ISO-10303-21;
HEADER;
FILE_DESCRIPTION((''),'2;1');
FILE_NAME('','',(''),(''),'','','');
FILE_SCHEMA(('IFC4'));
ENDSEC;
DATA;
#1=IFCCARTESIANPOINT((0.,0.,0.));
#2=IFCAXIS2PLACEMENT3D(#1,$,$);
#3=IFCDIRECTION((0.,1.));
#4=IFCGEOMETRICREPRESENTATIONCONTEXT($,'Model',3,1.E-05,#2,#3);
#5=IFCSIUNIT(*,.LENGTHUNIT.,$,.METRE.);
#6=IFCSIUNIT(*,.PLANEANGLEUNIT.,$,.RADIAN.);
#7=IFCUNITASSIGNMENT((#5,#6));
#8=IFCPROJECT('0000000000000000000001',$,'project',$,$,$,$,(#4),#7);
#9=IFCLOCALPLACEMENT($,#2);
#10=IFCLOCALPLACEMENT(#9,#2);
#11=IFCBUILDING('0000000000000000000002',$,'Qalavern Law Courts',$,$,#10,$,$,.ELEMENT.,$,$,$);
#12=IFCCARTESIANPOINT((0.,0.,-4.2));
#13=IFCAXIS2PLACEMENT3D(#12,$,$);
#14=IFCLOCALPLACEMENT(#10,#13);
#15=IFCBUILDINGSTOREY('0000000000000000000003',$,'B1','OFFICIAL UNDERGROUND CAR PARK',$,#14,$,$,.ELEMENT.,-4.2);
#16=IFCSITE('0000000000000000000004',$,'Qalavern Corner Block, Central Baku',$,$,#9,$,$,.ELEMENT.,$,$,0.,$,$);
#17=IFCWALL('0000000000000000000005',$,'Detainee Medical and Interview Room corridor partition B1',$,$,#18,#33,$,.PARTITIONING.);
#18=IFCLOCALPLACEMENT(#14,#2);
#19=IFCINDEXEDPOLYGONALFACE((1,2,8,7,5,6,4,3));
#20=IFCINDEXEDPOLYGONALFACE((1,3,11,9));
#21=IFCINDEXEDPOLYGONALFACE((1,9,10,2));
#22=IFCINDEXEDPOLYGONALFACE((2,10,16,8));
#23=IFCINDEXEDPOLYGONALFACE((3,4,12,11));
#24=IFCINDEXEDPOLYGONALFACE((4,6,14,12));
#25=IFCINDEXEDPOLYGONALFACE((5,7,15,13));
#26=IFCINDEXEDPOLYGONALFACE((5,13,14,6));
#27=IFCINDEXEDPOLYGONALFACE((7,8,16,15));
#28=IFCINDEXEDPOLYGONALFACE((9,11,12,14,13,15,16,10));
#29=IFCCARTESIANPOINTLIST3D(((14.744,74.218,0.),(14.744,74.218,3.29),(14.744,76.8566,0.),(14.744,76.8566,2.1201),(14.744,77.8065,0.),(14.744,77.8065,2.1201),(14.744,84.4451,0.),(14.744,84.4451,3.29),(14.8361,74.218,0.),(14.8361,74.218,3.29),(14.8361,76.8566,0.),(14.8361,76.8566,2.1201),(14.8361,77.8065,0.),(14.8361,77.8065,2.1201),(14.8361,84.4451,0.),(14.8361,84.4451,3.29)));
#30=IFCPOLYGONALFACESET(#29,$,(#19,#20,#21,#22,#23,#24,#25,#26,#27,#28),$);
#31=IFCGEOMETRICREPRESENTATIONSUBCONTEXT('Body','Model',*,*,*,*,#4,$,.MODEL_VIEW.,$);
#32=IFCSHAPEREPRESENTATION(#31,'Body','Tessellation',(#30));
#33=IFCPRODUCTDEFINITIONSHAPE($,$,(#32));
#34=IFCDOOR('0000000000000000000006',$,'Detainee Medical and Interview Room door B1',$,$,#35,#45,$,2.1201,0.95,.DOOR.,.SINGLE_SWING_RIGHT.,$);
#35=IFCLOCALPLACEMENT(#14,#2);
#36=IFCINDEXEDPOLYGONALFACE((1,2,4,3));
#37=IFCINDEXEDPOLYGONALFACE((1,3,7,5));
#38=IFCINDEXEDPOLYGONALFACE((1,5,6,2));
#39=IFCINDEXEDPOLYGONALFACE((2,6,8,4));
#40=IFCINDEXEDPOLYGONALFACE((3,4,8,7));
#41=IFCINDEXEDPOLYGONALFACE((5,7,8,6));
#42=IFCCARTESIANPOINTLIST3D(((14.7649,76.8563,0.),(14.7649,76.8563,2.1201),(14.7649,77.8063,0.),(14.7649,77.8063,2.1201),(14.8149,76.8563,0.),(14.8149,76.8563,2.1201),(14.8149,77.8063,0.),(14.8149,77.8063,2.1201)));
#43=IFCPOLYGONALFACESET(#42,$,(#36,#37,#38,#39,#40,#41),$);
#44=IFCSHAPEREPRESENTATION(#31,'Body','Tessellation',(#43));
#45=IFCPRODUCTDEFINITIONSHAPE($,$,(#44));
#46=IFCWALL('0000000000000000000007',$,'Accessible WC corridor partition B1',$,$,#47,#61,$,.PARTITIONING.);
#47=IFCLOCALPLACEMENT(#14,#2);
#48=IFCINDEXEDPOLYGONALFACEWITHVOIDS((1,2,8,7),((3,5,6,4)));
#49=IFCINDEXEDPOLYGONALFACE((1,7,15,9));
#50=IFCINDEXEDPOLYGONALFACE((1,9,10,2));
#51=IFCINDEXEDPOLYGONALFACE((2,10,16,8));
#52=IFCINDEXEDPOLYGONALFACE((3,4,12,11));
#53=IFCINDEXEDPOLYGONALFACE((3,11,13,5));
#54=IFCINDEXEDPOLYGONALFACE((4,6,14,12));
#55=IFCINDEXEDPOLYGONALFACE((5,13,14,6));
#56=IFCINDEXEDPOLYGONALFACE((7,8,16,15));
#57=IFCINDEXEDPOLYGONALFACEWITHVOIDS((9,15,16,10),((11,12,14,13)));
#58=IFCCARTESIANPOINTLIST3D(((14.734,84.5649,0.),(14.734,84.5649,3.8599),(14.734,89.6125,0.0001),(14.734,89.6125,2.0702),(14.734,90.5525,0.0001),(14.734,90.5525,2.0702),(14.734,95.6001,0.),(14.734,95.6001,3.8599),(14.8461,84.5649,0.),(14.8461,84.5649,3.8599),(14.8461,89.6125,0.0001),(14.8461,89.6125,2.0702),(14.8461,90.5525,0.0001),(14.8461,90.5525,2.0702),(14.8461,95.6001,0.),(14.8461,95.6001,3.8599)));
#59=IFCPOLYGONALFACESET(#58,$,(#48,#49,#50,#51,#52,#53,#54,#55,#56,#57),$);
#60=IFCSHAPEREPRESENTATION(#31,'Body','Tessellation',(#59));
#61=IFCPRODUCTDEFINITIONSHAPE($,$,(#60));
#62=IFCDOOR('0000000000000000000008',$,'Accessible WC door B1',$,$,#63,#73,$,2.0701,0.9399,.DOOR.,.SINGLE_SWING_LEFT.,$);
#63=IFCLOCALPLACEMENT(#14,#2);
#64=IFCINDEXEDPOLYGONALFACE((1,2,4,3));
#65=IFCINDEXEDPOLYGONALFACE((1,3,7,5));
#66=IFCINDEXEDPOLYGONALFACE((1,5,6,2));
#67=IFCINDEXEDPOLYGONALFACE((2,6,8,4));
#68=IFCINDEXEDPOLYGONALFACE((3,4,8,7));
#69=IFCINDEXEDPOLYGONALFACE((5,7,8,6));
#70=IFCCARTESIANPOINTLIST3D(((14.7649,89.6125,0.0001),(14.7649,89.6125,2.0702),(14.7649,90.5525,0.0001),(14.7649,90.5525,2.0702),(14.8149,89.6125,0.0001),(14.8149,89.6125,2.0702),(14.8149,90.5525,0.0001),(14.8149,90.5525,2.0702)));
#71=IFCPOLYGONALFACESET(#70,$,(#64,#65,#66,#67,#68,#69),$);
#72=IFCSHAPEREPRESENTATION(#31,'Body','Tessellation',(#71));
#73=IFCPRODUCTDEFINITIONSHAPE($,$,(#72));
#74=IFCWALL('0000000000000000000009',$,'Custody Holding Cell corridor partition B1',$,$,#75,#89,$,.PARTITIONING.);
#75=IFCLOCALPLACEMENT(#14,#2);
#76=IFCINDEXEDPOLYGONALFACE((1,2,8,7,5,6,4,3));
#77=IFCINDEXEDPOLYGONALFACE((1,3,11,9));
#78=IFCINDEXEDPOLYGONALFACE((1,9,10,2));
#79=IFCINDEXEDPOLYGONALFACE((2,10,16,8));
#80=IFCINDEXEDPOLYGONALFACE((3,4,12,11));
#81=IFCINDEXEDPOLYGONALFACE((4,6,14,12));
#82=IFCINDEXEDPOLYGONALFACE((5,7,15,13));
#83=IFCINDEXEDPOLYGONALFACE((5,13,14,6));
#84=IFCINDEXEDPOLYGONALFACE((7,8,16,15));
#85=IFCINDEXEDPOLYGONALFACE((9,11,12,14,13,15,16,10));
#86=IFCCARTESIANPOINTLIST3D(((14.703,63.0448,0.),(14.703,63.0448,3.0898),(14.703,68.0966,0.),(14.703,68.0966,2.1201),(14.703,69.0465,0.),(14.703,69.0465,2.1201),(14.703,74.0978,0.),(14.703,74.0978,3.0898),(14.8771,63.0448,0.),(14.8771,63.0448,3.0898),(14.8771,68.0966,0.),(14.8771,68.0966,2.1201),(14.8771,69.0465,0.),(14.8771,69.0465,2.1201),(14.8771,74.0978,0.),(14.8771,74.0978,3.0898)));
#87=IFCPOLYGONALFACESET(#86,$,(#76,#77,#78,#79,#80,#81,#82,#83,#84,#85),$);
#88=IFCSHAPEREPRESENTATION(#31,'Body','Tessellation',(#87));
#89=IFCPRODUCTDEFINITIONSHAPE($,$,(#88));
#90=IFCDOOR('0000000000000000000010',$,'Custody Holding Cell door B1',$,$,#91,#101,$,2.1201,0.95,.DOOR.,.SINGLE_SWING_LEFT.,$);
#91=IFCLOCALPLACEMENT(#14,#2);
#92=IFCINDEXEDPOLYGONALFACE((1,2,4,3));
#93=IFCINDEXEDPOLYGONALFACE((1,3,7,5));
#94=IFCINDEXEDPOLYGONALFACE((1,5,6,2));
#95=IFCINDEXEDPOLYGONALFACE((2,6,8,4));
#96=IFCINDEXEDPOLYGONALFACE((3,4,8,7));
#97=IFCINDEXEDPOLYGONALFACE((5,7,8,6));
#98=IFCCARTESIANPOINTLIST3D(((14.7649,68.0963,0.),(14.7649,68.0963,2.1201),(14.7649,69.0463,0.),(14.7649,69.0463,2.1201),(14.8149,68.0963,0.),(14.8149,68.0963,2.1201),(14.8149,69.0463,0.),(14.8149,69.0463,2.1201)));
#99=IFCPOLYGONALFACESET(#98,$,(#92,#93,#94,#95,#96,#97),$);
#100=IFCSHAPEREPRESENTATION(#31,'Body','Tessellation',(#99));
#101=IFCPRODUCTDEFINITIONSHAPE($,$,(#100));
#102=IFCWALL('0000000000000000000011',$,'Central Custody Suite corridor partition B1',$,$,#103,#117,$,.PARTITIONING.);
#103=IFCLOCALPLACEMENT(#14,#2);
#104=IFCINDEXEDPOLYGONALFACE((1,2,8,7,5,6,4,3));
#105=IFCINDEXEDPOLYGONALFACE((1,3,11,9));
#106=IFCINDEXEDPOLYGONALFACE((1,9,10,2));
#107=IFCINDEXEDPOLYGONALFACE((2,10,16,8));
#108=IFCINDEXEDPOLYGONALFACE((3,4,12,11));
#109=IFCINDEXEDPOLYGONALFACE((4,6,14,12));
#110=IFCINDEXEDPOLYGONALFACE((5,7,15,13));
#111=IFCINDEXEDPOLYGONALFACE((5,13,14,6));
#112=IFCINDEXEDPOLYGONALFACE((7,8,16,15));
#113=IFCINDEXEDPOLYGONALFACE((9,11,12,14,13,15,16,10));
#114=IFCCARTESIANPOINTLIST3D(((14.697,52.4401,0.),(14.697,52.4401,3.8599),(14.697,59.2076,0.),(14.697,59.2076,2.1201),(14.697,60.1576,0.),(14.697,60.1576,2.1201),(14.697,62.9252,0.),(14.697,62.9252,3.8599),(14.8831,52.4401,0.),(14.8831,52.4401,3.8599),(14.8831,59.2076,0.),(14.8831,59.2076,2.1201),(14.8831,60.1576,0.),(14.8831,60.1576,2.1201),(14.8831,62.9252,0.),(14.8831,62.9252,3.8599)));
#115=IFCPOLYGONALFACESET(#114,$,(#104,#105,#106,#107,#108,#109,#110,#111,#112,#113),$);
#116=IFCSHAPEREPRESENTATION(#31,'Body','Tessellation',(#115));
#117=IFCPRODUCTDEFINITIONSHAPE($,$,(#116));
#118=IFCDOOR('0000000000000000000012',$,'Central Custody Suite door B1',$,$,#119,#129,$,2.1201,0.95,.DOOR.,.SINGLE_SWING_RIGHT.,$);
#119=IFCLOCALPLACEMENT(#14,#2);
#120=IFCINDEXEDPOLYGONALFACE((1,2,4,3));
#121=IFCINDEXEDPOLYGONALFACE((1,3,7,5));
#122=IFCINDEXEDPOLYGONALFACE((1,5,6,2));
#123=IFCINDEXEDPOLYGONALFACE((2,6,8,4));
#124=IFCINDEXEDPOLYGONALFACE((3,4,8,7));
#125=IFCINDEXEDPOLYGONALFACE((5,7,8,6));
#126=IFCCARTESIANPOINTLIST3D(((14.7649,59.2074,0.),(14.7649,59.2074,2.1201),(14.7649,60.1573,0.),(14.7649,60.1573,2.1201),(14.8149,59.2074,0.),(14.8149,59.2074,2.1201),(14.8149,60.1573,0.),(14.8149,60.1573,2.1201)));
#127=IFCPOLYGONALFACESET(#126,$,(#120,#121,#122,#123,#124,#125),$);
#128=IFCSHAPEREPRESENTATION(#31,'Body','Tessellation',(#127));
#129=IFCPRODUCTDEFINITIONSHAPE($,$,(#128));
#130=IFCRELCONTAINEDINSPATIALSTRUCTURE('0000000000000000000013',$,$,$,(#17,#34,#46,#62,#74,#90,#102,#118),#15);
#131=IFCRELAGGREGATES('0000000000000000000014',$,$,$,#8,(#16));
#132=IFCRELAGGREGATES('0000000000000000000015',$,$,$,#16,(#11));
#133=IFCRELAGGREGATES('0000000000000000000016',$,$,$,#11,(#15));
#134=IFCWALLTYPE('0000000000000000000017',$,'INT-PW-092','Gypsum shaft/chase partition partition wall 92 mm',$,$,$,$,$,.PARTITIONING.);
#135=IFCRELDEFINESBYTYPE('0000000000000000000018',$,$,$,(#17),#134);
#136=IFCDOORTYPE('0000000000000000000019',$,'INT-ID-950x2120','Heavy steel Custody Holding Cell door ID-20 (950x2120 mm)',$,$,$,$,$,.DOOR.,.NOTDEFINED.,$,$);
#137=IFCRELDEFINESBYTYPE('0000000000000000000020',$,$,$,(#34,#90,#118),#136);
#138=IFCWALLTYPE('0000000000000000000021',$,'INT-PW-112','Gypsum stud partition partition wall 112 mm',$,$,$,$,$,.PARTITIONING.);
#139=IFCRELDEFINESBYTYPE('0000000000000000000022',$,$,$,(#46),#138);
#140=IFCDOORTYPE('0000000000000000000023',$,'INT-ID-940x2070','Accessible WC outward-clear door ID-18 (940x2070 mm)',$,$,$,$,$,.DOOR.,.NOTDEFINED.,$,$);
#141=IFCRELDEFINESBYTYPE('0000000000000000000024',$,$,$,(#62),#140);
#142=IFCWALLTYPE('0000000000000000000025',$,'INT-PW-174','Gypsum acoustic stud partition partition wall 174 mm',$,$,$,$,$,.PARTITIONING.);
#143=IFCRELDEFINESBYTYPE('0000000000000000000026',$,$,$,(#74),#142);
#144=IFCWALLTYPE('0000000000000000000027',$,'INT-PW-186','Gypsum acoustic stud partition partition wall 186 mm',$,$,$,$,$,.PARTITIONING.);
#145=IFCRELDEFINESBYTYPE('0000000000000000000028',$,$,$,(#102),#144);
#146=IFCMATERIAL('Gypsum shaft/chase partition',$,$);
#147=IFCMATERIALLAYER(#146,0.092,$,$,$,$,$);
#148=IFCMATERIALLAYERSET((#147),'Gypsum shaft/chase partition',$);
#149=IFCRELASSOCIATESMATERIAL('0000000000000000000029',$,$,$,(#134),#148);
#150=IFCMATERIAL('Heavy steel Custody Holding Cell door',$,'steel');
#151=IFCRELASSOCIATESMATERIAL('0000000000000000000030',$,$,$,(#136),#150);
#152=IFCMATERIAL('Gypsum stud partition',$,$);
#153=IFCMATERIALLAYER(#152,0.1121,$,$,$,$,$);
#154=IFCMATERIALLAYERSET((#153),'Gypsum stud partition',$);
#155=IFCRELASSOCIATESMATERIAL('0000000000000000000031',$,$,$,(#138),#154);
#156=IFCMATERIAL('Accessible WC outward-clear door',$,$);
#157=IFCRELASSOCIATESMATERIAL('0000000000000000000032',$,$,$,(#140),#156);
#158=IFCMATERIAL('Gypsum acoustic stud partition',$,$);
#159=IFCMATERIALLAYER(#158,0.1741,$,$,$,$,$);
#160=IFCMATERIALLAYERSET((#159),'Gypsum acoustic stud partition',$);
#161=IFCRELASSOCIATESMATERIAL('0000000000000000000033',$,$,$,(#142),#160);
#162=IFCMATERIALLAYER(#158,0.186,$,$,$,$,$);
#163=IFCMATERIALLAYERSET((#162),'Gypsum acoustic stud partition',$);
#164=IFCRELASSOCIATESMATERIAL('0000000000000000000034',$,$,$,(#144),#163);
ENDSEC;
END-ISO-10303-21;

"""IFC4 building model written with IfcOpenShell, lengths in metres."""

from ifc_helpers import new_model, si_unit, direction, frame, frame_2d, origin, place, context, subcontext, project, spatial, rectangle, extrude, material, layer, layer_set, type_object, element, fill, save


model = new_model("IFC4")

# Units and contexts
model_context = context("Model", 3, precision=1e-05, world=origin(), true_north=direction((0.0, 1.0)))
body_context = subcontext(model_context, "Body", "Model", "MODEL_VIEW")
ifc_project = project(units=[si_unit("LENGTHUNIT", "METRE"), si_unit("PLANEANGLEUNIT", "RADIAN")], contexts=[model_context])

# Site, building, storey
site_placement = place(None, origin())
site = spatial("IfcSite", under=ifc_project, at=site_placement, Name="Qalavern Corner Block, Central Baku", CompositionType="ELEMENT", RefElevation=0.0)
building_placement = place(site_placement, origin())
building = spatial("IfcBuilding", under=site, at=building_placement, Name="Qalavern Law Courts", CompositionType="ELEMENT")
storey_placement = place(building_placement, frame((0.0, 0.0, -4.2)))
storey = spatial("IfcBuildingStorey", under=building, at=storey_placement, Name="B1", Description="OFFICIAL UNDERGROUND CAR PARK", CompositionType="ELEMENT", Elevation=-4.2)

# Walls, openings, doors
ifc_material_1 = material(Name="Gypsum shaft/chase partition")
ifc_layer_1 = layer(ifc_material_1, 0.092)
ifc_layer_set_1 = layer_set([ifc_layer_1], Name="Gypsum shaft/chase partition")
wall_type_1 = type_object("IfcWallType", Name="INT-PW-092", Description="Gypsum shaft/chase partition partition wall 92 mm", PredefinedType="PARTITIONING", material=ifc_layer_set_1)
wall_1_placement = place(storey_placement, frame((14.79, 74.218, 0.0), z_axis=(0.0, 0.0, 1.0), x_axis=(0.0, 1.0, 0.0)))
wall_1 = element("IfcWall", 1, at=wall_1_placement, inside=storey, type_object=wall_type_1, Name="Detainee Medical and Interview Room corridor partition B1", PredefinedType="PARTITIONING", context=body_context, shape_type="SweptSolid", body=[
    extrude(rectangle(XDim=10.2271, YDim=0.092, at=frame_2d((5.1135, 0.0))), origin(), (0.0, 0.0, 1.0), 3.29),
])
opening_1_placement = place(wall_1_placement, frame((2.6384, 0.0, 0.0)))
opening_1 = element("IfcOpeningElement", 2, at=opening_1_placement, cuts=wall_1, PredefinedType="OPENING", context=body_context, shape_type="SweptSolid", body=[
    extrude(rectangle(XDim=0.95, YDim=2.1201, at=frame_2d((0.4751, 1.0601))), frame((0.0, 0.061, 0.0), z_axis=(0.0, -1.0, 0.0), x_axis=(1.0, 0.0, 0.0)), (0.0, 0.0, 1.0), 0.1218),
])
ifc_material_2 = material(Name="Heavy steel Custody Holding Cell door", Category="steel")
door_type_1 = type_object("IfcDoorType", Name="INT-ID-950x2120", Description="Heavy steel Custody Holding Cell door ID-20 (950x2120 mm)", OperationType="NOTDEFINED", PredefinedType="DOOR", material=ifc_material_2)
door_1_placement = place(opening_1_placement, frame((0.95, 0.0, 0.0), z_axis=(0.0, 0.0, 1.0), x_axis=(-1.0, 0.0, 0.0)))
door_1 = element("IfcDoor", 3, at=door_1_placement, inside=storey, type_object=door_type_1, Name="Detainee Medical and Interview Room door B1", OperationType="SINGLE_SWING_RIGHT", OverallHeight=2.1201, OverallWidth=0.95, PredefinedType="DOOR", context=body_context, shape_type="SweptSolid", body=[
    extrude(rectangle(XDim=0.95, YDim=2.1201, at=frame_2d((0.4751, 1.0601))), frame((0.0, 0.0249, 0.0), z_axis=(0.0, -1.0, 0.0), x_axis=(1.0, 0.0, 0.0)), (0.0, 0.0, 1.0), 0.05),
])
fill(opening_1, door_1)
ifc_material_3 = material(Name="Gypsum stud partition")
ifc_layer_2 = layer(ifc_material_3, 0.1121)
ifc_layer_set_2 = layer_set([ifc_layer_2], Name="Gypsum stud partition")
wall_type_2 = type_object("IfcWallType", Name="INT-PW-112", Description="Gypsum stud partition partition wall 112 mm", PredefinedType="PARTITIONING", material=ifc_layer_set_2)
wall_2_placement = place(storey_placement, frame((14.79, 84.5649, 0.0), z_axis=(0.0, 0.0, 1.0), x_axis=(0.0, 1.0, 0.0)))
wall_2 = element("IfcWall", 4, at=wall_2_placement, inside=storey, type_object=wall_type_2, Name="Accessible WC corridor partition B1", PredefinedType="PARTITIONING", context=body_context, shape_type="SweptSolid", body=[
    extrude(rectangle(XDim=11.0352, YDim=0.1121, at=frame_2d((5.5176, 0.0))), origin(), (0.0, 0.0, 1.0), 3.8599),
])
opening_2_placement = place(wall_2_placement, frame((5.0476, 0.0, 0.0)))
opening_2 = element("IfcOpeningElement", 5, at=opening_2_placement, cuts=wall_2, PredefinedType="OPENING", context=body_context, shape_type="SweptSolid", body=[
    extrude(rectangle(XDim=0.9399, YDim=2.0701, at=frame_2d((0.47, 1.0352))), frame((0.0, 0.0708, 0.0), z_axis=(0.0, -1.0, 0.0), x_axis=(1.0, 0.0, 0.0)), (0.0, 0.0, 1.0), 0.1418),
])
ifc_material_4 = material(Name="Accessible WC outward-clear door")
door_type_2 = type_object("IfcDoorType", Name="INT-ID-940x2070", Description="Accessible WC outward-clear door ID-18 (940x2070 mm)", OperationType="NOTDEFINED", PredefinedType="DOOR", material=ifc_material_4)
door_2_placement = place(opening_2_placement, frame((0.9399, 0.0, 0.0), z_axis=(0.0, 0.0, 1.0), x_axis=(-1.0, 0.0, 0.0)))
door_2 = element("IfcDoor", 6, at=door_2_placement, inside=storey, type_object=door_type_2, Name="Accessible WC door B1", OperationType="SINGLE_SWING_LEFT", OverallHeight=2.0701, OverallWidth=0.9399, PredefinedType="DOOR", context=body_context, shape_type="SweptSolid", body=[
    extrude(rectangle(XDim=0.9399, YDim=2.0701, at=frame_2d((0.47, 1.0352))), frame((0.0, 0.0249, 0.0), z_axis=(0.0, -1.0, 0.0), x_axis=(1.0, 0.0, 0.0)), (0.0, 0.0, 1.0), 0.05),
])
fill(opening_2, door_2)
ifc_material_5 = material(Name="Gypsum acoustic stud partition")
ifc_layer_3 = layer(ifc_material_5, 0.1741)
ifc_layer_set_3 = layer_set([ifc_layer_3], Name="Gypsum acoustic stud partition")
wall_type_3 = type_object("IfcWallType", Name="INT-PW-174", Description="Gypsum acoustic stud partition partition wall 174 mm", PredefinedType="PARTITIONING", material=ifc_layer_set_3)
wall_3_placement = place(storey_placement, frame((14.79, 63.0449, 0.0), z_axis=(0.0, 0.0, 1.0), x_axis=(0.0, 1.0, 0.0)))
wall_3 = element("IfcWall", 7, at=wall_3_placement, inside=storey, type_object=wall_type_3, Name="Custody Holding Cell corridor partition B1", PredefinedType="PARTITIONING", context=body_context, shape_type="SweptSolid", body=[
    extrude(rectangle(XDim=11.053, YDim=0.1741, at=frame_2d((5.5264, 0.0))), origin(), (0.0, 0.0, 1.0), 3.0898),
])
opening_3_placement = place(wall_3_placement, frame((5.0515, 0.0, 0.0)))
opening_3 = element("IfcOpeningElement", 8, at=opening_3_placement, cuts=wall_3, PredefinedType="OPENING", context=body_context, shape_type="SweptSolid", body=[
    extrude(rectangle(XDim=0.95, YDim=2.1201, at=frame_2d((0.4751, 1.0601))), frame((0.0, 0.1021, 0.0), z_axis=(0.0, -1.0, 0.0), x_axis=(1.0, 0.0, 0.0)), (0.0, 0.0, 1.0), 0.2039),
])
door_3_placement = place(opening_3_placement, frame((0.95, 0.0, 0.0), z_axis=(0.0, 0.0, 1.0), x_axis=(-1.0, 0.0, 0.0)))
door_3 = element("IfcDoor", 9, at=door_3_placement, inside=storey, type_object=door_type_1, Name="Custody Holding Cell door B1", OperationType="SINGLE_SWING_LEFT", OverallHeight=2.1201, OverallWidth=0.95, PredefinedType="DOOR", context=body_context, shape_type="SweptSolid", body=[
    extrude(rectangle(XDim=0.95, YDim=2.1201, at=frame_2d((0.4751, 1.0601))), frame((0.0, 0.0249, 0.0), z_axis=(0.0, -1.0, 0.0), x_axis=(1.0, 0.0, 0.0)), (0.0, 0.0, 1.0), 0.05),
])
fill(opening_3, door_3)
ifc_layer_4 = layer(ifc_material_5, 0.186)
ifc_layer_set_4 = layer_set([ifc_layer_4], Name="Gypsum acoustic stud partition")
wall_type_4 = type_object("IfcWallType", Name="INT-PW-186", Description="Gypsum acoustic stud partition partition wall 186 mm", PredefinedType="PARTITIONING", material=ifc_layer_set_4)
wall_4_placement = place(storey_placement, frame((14.79, 52.4399, 0.0), z_axis=(0.0, 0.0, 1.0), x_axis=(0.0, 1.0, 0.0)))
wall_4 = element("IfcWall", 10, at=wall_4_placement, inside=storey, type_object=wall_type_4, Name="Central Custody Suite corridor partition B1", PredefinedType="PARTITIONING", context=body_context, shape_type="SweptSolid", body=[
    extrude(rectangle(XDim=10.4851, YDim=0.186, at=frame_2d((5.2427, 0.0))), origin(), (0.0, 0.0, 1.0), 3.8599),
])
opening_4_placement = place(wall_4_placement, frame((6.7676, 0.0, 0.0)))
opening_4 = element("IfcOpeningElement", 11, at=opening_4_placement, cuts=wall_4, PredefinedType="OPENING", context=body_context, shape_type="SweptSolid", body=[
    extrude(rectangle(XDim=0.95, YDim=2.1201, at=frame_2d((0.4751, 1.0601))), frame((0.0, 0.1079, 0.0), z_axis=(0.0, -1.0, 0.0), x_axis=(1.0, 0.0, 0.0)), (0.0, 0.0, 1.0), 0.2158),
])
door_4_placement = place(opening_4_placement, frame((0.95, 0.0, 0.0), z_axis=(0.0, 0.0, 1.0), x_axis=(-1.0, 0.0, 0.0)))
door_4 = element("IfcDoor", 12, at=door_4_placement, inside=storey, type_object=door_type_1, Name="Central Custody Suite door B1", OperationType="SINGLE_SWING_RIGHT", OverallHeight=2.1201, OverallWidth=0.95, PredefinedType="DOOR", context=body_context, shape_type="SweptSolid", body=[
    extrude(rectangle(XDim=0.95, YDim=2.1201, at=frame_2d((0.4751, 1.0601))), frame((0.0, 0.0249, 0.0), z_axis=(0.0, -1.0, 0.0), x_axis=(1.0, 0.0, 0.0)), (0.0, 0.0, 1.0), 0.05),
])
fill(opening_4, door_4)

save(model, "model.ifc")
